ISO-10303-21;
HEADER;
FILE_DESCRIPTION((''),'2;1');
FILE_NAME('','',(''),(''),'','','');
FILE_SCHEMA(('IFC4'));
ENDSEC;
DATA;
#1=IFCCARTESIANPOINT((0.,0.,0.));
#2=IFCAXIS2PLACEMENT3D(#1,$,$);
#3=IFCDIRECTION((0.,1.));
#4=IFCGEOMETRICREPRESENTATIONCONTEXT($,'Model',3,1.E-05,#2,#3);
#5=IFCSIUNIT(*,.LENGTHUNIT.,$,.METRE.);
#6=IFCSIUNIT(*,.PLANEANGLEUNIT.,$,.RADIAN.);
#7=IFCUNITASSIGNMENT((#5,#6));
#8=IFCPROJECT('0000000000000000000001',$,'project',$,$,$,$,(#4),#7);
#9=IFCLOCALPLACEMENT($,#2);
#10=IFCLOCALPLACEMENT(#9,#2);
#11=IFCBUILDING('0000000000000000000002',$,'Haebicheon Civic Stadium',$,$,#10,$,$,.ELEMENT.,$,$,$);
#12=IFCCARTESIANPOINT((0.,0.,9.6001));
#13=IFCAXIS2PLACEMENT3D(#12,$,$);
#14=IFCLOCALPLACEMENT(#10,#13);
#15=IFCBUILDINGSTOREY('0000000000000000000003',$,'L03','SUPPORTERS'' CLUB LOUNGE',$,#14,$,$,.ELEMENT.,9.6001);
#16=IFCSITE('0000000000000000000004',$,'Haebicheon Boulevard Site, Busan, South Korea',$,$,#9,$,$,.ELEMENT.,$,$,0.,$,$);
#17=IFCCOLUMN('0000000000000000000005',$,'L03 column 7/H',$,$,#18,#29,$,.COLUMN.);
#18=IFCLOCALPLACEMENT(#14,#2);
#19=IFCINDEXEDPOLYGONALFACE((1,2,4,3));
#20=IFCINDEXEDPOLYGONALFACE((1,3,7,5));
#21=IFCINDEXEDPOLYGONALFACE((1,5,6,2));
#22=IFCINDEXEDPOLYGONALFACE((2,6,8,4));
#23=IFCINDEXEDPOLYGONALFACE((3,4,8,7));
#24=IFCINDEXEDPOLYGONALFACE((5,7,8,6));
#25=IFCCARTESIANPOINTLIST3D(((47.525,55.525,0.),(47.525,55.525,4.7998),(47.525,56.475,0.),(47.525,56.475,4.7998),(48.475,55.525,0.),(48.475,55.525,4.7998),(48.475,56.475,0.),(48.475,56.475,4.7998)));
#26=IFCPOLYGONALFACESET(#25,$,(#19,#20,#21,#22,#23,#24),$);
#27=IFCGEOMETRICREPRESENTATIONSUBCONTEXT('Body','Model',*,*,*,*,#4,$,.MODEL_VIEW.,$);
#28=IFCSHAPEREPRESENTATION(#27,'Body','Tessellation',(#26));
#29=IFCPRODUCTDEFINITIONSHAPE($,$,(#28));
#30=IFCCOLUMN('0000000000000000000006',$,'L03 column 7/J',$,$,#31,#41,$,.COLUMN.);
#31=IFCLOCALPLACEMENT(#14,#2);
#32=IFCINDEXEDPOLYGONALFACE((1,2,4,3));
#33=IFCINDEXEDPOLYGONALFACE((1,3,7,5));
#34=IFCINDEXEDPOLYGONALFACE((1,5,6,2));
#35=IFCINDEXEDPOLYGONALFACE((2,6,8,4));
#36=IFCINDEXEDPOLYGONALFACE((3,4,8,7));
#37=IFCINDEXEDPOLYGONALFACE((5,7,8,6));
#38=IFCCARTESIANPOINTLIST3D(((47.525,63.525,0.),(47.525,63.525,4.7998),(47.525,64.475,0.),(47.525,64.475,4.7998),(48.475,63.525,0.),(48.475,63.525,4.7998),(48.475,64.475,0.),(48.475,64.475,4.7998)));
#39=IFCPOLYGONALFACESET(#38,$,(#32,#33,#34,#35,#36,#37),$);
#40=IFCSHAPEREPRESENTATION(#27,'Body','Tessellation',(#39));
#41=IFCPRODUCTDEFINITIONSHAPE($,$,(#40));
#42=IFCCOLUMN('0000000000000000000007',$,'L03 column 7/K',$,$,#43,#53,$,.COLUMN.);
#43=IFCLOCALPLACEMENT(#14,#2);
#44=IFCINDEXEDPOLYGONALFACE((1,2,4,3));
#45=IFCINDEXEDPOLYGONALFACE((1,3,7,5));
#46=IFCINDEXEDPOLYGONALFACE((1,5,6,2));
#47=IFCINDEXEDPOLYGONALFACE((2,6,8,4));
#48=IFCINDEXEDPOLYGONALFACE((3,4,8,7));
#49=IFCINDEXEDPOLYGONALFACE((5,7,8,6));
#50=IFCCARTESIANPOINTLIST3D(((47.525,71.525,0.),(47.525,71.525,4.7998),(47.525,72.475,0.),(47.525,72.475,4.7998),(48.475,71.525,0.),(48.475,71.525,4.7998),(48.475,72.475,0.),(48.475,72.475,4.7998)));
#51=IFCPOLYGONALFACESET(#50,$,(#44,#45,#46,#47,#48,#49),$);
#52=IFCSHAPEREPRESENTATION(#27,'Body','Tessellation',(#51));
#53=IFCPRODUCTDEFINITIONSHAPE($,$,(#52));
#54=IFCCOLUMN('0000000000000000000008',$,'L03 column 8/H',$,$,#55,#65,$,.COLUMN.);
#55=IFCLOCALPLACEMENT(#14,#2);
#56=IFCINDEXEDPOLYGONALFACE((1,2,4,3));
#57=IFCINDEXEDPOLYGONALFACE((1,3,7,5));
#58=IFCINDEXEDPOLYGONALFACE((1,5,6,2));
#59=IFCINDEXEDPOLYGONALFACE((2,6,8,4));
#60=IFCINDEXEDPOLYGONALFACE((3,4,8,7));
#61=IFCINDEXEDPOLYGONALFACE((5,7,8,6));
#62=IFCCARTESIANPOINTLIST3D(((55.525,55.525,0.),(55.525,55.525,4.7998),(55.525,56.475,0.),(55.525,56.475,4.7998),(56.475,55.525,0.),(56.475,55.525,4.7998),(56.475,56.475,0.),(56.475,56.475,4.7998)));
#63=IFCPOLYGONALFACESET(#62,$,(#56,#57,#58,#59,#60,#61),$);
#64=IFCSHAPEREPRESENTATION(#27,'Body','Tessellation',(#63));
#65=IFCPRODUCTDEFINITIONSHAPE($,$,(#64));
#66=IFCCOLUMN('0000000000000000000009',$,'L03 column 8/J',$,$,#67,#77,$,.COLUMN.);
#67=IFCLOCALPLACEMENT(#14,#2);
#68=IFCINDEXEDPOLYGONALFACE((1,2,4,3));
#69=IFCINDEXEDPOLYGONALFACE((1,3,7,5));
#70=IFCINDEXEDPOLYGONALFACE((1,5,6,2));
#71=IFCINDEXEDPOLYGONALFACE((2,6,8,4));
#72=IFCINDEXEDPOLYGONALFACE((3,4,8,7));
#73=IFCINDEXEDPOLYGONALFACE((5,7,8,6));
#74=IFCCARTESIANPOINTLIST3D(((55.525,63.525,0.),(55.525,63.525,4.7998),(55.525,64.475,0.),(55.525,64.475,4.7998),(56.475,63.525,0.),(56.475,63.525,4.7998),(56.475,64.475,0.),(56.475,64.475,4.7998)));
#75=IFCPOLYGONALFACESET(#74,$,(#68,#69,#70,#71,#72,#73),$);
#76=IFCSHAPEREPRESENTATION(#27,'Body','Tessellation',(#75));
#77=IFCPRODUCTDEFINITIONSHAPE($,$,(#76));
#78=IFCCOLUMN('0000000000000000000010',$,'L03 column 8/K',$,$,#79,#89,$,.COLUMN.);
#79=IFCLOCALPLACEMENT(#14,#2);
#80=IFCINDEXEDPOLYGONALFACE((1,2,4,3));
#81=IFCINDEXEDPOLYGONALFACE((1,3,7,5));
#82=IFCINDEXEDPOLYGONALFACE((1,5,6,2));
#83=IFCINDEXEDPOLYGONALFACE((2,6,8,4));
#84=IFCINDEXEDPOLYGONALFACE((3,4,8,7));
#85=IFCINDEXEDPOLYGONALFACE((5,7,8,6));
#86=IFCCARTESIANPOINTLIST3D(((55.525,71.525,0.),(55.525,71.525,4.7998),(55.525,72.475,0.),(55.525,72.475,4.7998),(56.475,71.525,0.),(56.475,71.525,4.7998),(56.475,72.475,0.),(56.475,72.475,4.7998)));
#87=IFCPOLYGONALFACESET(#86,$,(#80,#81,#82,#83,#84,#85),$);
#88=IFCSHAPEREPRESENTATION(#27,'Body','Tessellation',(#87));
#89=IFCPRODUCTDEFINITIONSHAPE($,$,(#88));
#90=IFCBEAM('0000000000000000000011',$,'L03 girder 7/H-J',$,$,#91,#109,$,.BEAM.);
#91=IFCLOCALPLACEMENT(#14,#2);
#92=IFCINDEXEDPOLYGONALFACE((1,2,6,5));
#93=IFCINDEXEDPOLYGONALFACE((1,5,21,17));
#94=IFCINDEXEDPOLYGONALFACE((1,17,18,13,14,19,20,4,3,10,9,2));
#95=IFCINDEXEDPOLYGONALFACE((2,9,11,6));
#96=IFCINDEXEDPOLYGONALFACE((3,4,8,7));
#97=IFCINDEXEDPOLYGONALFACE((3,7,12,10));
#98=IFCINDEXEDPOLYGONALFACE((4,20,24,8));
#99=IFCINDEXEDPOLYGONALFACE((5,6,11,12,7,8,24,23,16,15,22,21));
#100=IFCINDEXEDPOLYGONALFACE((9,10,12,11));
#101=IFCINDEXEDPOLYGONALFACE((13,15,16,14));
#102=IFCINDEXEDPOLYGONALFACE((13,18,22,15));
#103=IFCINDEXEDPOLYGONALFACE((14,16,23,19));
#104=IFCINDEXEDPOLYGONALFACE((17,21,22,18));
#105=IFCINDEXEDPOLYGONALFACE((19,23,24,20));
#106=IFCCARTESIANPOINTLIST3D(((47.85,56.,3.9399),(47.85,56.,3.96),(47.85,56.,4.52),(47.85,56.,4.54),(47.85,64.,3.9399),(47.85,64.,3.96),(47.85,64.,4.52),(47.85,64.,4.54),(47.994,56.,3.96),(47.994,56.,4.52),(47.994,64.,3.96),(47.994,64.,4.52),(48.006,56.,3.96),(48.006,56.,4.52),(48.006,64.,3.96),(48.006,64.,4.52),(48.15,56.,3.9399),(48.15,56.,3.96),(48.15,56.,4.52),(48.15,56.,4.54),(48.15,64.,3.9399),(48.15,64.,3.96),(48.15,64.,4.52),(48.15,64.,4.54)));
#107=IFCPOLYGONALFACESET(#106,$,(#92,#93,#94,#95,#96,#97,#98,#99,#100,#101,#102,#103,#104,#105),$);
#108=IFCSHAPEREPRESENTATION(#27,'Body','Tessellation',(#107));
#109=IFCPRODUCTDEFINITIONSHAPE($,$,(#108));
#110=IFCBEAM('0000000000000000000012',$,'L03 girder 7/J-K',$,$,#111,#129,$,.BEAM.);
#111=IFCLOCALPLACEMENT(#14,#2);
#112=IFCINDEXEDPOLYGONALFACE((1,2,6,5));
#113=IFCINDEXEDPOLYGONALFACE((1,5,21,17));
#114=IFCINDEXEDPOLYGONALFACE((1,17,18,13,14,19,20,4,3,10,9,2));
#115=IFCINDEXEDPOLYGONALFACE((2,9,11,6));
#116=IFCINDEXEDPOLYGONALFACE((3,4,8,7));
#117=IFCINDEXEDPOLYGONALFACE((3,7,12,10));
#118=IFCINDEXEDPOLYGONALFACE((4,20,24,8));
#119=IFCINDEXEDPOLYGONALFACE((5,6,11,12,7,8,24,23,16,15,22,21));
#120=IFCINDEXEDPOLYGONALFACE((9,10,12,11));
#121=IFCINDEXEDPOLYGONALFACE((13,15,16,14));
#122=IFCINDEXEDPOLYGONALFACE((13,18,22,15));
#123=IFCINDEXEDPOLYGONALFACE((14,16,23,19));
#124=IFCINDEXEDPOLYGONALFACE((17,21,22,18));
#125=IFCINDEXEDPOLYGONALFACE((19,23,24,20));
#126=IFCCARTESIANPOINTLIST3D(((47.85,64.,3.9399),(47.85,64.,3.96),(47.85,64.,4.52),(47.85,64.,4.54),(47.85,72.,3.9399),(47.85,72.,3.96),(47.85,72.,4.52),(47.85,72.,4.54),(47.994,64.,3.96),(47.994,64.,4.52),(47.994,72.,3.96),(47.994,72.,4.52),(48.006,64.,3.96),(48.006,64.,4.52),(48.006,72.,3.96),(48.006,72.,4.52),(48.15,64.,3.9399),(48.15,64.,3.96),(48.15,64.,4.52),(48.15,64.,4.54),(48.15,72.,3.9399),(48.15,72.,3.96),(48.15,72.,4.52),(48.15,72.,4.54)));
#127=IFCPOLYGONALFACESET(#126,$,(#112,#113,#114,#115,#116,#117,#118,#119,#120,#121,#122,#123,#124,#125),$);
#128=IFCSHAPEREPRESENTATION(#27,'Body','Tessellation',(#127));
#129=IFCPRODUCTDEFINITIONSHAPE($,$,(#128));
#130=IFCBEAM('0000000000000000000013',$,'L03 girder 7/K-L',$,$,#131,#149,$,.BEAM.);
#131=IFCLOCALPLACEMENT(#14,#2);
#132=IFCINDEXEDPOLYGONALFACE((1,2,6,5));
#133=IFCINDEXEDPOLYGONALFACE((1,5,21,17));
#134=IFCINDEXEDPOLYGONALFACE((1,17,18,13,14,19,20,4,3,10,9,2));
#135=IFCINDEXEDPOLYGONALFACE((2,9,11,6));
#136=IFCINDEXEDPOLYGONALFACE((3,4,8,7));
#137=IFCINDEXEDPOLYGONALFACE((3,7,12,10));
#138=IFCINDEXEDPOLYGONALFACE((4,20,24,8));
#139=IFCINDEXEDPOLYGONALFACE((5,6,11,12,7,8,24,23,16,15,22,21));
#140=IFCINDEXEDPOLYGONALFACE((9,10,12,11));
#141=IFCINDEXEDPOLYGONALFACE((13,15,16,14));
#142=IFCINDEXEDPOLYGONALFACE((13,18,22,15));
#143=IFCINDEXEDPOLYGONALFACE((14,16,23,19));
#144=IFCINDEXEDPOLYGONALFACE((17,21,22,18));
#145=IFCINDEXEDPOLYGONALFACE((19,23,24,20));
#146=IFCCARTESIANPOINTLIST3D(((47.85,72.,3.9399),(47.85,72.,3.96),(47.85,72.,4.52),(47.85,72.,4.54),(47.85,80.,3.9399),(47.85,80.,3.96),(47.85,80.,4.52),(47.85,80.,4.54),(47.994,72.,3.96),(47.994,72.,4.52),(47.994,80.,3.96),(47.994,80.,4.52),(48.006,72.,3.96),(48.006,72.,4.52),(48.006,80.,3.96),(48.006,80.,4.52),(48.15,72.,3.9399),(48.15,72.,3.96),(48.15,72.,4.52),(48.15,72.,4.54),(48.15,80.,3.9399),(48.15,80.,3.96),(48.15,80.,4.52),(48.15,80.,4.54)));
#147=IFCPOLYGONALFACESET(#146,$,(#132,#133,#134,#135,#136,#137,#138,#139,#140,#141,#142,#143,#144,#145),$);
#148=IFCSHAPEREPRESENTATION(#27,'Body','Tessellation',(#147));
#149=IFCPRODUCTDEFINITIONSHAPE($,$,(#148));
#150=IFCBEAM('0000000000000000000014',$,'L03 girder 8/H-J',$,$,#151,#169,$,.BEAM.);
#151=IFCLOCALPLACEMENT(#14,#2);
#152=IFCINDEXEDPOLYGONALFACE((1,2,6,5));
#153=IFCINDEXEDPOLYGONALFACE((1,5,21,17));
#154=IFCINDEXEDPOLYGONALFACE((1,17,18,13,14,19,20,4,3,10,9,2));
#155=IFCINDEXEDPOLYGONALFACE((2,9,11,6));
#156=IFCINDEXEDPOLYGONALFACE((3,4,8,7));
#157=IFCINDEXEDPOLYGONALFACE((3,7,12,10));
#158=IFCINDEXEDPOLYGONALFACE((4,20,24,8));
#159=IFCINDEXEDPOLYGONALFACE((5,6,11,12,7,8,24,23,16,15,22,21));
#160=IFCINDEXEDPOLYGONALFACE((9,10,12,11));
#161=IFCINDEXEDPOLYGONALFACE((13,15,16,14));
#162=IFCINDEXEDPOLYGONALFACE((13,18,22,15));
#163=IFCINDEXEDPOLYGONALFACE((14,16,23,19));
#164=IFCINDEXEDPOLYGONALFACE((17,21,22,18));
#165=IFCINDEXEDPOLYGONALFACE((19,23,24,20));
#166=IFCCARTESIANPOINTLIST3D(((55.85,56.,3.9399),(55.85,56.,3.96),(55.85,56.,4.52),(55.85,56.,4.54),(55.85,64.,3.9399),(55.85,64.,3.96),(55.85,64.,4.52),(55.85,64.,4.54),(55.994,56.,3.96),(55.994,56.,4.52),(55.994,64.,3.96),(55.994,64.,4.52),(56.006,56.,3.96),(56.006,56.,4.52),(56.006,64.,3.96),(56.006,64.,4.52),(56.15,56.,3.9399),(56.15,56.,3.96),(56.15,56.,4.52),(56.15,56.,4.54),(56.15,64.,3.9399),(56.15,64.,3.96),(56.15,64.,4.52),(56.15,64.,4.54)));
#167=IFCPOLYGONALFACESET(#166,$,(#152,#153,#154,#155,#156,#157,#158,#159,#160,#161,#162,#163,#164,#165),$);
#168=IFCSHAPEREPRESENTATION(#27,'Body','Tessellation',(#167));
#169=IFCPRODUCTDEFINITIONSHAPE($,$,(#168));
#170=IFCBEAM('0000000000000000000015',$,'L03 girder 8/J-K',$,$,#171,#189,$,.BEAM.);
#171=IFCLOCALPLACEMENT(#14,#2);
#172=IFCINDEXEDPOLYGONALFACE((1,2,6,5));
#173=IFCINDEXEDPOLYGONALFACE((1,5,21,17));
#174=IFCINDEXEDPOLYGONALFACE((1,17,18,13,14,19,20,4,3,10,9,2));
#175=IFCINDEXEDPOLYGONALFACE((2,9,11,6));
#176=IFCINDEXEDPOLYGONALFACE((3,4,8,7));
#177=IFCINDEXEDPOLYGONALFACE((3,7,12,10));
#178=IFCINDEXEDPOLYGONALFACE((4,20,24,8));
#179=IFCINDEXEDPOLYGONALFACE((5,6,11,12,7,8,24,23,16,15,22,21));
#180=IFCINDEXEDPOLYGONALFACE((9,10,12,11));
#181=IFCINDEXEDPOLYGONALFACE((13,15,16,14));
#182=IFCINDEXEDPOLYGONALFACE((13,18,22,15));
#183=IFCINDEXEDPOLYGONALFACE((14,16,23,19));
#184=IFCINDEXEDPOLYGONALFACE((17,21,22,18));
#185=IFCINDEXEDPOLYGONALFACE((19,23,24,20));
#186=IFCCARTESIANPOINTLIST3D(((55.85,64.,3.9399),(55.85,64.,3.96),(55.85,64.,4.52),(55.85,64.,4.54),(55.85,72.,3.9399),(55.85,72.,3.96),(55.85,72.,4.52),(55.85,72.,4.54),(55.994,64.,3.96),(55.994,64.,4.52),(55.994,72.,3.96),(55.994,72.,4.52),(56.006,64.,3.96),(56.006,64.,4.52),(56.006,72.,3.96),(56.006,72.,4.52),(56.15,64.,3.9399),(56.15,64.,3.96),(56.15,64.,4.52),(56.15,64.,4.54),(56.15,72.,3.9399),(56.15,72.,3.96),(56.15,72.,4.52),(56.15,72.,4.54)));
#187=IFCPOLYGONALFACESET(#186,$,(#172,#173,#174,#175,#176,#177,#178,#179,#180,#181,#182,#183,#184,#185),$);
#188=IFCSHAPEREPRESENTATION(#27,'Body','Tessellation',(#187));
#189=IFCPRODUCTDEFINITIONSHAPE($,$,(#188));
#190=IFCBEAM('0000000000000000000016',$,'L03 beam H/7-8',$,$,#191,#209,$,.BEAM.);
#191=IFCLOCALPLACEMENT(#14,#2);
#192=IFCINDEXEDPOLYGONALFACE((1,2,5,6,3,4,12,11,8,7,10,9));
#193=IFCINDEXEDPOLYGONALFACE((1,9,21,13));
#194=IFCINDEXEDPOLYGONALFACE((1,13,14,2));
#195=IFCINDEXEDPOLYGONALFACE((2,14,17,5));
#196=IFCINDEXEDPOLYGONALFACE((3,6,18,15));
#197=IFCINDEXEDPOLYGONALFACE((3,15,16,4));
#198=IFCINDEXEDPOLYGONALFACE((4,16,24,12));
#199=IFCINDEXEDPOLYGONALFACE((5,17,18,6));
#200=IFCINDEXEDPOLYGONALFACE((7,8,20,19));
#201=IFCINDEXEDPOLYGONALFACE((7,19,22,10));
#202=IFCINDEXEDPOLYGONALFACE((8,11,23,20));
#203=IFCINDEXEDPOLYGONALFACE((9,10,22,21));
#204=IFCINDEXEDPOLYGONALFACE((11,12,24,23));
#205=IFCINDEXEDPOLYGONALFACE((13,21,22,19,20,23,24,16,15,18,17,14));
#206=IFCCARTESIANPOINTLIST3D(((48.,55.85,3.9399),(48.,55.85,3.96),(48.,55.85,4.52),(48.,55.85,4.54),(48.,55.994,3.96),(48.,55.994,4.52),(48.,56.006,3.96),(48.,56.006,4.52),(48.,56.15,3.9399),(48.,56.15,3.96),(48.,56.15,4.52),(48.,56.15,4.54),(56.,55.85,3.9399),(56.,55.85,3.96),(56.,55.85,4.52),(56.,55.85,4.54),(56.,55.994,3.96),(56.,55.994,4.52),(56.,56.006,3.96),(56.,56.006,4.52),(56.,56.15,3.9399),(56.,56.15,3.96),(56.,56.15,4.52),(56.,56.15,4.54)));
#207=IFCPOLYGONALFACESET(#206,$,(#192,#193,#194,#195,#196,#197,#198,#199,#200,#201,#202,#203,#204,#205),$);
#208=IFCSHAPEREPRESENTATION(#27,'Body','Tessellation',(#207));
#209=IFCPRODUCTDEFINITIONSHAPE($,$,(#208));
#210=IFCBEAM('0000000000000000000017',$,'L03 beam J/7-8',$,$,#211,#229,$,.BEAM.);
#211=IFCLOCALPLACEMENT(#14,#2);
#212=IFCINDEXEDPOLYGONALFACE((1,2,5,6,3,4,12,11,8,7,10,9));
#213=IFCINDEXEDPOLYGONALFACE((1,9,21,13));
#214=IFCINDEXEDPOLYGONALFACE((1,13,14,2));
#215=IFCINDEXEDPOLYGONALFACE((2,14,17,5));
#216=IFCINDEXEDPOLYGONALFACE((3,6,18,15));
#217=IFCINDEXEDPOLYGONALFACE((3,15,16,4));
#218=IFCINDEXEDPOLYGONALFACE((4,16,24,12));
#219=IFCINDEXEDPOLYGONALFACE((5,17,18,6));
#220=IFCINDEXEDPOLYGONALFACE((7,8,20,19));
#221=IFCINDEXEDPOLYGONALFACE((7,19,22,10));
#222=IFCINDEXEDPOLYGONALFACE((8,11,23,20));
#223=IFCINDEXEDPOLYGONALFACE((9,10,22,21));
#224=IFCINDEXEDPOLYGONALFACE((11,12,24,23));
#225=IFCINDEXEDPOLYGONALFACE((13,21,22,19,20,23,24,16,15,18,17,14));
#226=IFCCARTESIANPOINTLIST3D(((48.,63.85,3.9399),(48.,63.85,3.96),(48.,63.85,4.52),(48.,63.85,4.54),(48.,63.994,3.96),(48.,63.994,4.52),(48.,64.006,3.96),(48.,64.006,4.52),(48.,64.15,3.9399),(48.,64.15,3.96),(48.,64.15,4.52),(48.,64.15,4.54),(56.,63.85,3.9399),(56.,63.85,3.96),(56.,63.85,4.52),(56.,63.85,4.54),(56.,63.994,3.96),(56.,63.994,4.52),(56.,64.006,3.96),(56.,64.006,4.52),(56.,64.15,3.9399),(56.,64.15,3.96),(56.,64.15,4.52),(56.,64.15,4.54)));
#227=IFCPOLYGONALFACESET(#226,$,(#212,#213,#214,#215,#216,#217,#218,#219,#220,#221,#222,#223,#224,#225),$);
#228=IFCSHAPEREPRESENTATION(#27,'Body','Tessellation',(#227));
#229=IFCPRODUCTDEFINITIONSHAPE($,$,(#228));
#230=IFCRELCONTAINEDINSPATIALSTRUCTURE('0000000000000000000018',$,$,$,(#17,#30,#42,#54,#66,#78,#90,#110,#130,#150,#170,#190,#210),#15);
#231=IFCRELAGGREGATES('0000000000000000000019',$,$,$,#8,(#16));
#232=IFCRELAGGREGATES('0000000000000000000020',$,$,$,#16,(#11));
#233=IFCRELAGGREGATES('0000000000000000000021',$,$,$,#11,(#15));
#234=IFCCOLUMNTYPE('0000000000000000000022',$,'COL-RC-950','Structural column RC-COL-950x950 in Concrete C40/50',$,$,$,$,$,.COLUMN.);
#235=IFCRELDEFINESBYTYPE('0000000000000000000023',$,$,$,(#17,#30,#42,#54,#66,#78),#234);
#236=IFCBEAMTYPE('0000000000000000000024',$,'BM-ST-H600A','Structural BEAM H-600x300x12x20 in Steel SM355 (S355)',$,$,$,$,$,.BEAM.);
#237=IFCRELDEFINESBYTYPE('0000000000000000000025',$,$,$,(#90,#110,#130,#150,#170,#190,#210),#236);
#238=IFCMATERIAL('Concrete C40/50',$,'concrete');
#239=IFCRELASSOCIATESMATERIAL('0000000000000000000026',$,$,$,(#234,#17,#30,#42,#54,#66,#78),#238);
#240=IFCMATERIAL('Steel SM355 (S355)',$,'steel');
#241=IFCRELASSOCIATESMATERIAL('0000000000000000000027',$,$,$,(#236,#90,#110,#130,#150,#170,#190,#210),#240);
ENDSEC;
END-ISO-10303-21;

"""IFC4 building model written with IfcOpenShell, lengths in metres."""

from ifc_helpers import new_model, si_unit, direction, frame, origin, origin_2d, place, context, subcontext, project, spatial, rectangle, i_section, extrude, material, material_profile, profile_set, type_object, element, save


model = new_model("IFC4")

# Units and contexts
model_context = context("Model", 3, precision=1e-05, world=origin(), true_north=direction((0.0, 1.0)))
body_context = subcontext(model_context, "Body", "Model", "MODEL_VIEW")
ifc_project = project(units=[si_unit("LENGTHUNIT", "METRE"), si_unit("PLANEANGLEUNIT", "RADIAN")], contexts=[model_context])

# Site, building, storey
site_placement = place(None, origin())
site = spatial("IfcSite", under=ifc_project, at=site_placement, Name="Haebicheon Boulevard Site, Busan, South Korea", CompositionType="ELEMENT", RefElevation=0.0)
building_placement = place(site_placement, origin())
building = spatial("IfcBuilding", under=site, at=building_placement, Name="Haebicheon Civic Stadium", CompositionType="ELEMENT")
storey_placement = place(building_placement, frame((0.0, 0.0, 9.6001)))
storey = spatial("IfcBuildingStorey", under=building, at=storey_placement, Name="L03", Description="SUPPORTERS' CLUB LOUNGE", CompositionType="ELEMENT", Elevation=9.6001)

# Columns
ifc_material_1 = material(Name="Concrete C40/50", Category="concrete")
ifc_material_profile_1 = material_profile(ifc_material_1, rectangle(XDim=0.95, YDim=0.95, at=origin_2d()), Name="RC-COL-950x950")
ifc_profile_set_1 = profile_set([ifc_material_profile_1], Name="Concrete C40/50")
column_type = type_object("IfcColumnType", Name="COL-RC-950", Description="Structural column RC-COL-950x950 in Concrete C40/50", PredefinedType="COLUMN", material=ifc_profile_set_1)
for number, where, z_axis, x_axis, name in (
    (1, (48.0, 56.0, 0.0), (0.0, 0.0, 1.0), (1.0, 0.0, 0.0), "L03 column 7/H"),
    (2, (48.0, 64.0, 0.0), (0.0, 0.0, 1.0), (1.0, 0.0, 0.0), "L03 column 7/J"),
    (3, (48.0, 72.0, 0.0), (0.0, 0.0, 1.0), (1.0, 0.0, 0.0), "L03 column 7/K"),
    (4, (56.0, 56.0, 0.0), (0.0, 0.0, 1.0), (1.0, 0.0, 0.0), "L03 column 8/H"),
    (5, (56.0, 64.0, 0.0), (0.0, 0.0, 1.0), (1.0, 0.0, 0.0), "L03 column 8/J"),
    (6, (56.0, 72.0, 0.0), (0.0, 0.0, 1.0), (1.0, 0.0, 0.0), "L03 column 8/K"),
):
    element("IfcColumn", number, at=place(storey_placement, frame(where, z_axis=z_axis, x_axis=x_axis)), inside=storey, type_object=column_type, material=ifc_profile_set_1, Name=name, PredefinedType="COLUMN", context=body_context, shape_type="SweptSolid", body=[
        extrude(rectangle(XDim=0.95, YDim=0.95, at=origin_2d()), origin(), (0.0, 0.0, 1.0), 4.7998),
    ])

# Beams
ifc_material_2 = material(Name="Steel SM355 (S355)", Category="steel")
ifc_material_profile_2 = material_profile(ifc_material_2, i_section(OverallWidth=0.3, OverallDepth=0.6001, WebThickness=0.012, FlangeThickness=0.02, at=origin_2d()), Name="H-600x300x12x20")
ifc_profile_set_2 = profile_set([ifc_material_profile_2], Name="Steel SM355 (S355)")
beam_type_1 = type_object("IfcBeamType", Name="BM-ST-H600A", Description="Structural BEAM H-600x300x12x20 in Steel SM355 (S355)", PredefinedType="BEAM", material=ifc_profile_set_2)
for number, where, z_axis, x_axis, name in (
    (7, (48.0, 56.0, 4.24), (0.0, 1.0, 0.0), (-1.0, 0.0, 0.0), "L03 girder 7/H-J"),
    (8, (48.0, 64.0, 4.24), (0.0, 1.0, 0.0), (-1.0, 0.0, 0.0), "L03 girder 7/J-K"),
    (9, (48.0, 72.0, 4.24), (0.0, 1.0, 0.0), (-1.0, 0.0, 0.0), "L03 girder 7/K-L"),
    (10, (56.0, 56.0, 4.24), (0.0, 1.0, 0.0), (-1.0, 0.0, 0.0), "L03 girder 8/H-J"),
    (11, (56.0, 64.0, 4.24), (0.0, 1.0, 0.0), (-1.0, 0.0, 0.0), "L03 girder 8/J-K"),
    (12, (48.0, 56.0, 4.24), (1.0, 0.0, 0.0), (0.0, 1.0, 0.0), "L03 beam H/7-8"),
    (13, (48.0, 64.0, 4.24), (1.0, 0.0, 0.0), (0.0, 1.0, 0.0), "L03 beam J/7-8"),
):
    element("IfcBeam", number, at=place(storey_placement, frame(where, z_axis=z_axis, x_axis=x_axis)), inside=storey, type_object=beam_type_1, material=ifc_profile_set_2, Name=name, PredefinedType="BEAM", context=body_context, shape_type="SweptSolid", body=[
        extrude(i_section(OverallWidth=0.3, OverallDepth=0.6001, WebThickness=0.012, FlangeThickness=0.02, at=origin_2d()), origin(), (0.0, 0.0, 1.0), 8.0),
    ])

save(model, "model.ifc")
